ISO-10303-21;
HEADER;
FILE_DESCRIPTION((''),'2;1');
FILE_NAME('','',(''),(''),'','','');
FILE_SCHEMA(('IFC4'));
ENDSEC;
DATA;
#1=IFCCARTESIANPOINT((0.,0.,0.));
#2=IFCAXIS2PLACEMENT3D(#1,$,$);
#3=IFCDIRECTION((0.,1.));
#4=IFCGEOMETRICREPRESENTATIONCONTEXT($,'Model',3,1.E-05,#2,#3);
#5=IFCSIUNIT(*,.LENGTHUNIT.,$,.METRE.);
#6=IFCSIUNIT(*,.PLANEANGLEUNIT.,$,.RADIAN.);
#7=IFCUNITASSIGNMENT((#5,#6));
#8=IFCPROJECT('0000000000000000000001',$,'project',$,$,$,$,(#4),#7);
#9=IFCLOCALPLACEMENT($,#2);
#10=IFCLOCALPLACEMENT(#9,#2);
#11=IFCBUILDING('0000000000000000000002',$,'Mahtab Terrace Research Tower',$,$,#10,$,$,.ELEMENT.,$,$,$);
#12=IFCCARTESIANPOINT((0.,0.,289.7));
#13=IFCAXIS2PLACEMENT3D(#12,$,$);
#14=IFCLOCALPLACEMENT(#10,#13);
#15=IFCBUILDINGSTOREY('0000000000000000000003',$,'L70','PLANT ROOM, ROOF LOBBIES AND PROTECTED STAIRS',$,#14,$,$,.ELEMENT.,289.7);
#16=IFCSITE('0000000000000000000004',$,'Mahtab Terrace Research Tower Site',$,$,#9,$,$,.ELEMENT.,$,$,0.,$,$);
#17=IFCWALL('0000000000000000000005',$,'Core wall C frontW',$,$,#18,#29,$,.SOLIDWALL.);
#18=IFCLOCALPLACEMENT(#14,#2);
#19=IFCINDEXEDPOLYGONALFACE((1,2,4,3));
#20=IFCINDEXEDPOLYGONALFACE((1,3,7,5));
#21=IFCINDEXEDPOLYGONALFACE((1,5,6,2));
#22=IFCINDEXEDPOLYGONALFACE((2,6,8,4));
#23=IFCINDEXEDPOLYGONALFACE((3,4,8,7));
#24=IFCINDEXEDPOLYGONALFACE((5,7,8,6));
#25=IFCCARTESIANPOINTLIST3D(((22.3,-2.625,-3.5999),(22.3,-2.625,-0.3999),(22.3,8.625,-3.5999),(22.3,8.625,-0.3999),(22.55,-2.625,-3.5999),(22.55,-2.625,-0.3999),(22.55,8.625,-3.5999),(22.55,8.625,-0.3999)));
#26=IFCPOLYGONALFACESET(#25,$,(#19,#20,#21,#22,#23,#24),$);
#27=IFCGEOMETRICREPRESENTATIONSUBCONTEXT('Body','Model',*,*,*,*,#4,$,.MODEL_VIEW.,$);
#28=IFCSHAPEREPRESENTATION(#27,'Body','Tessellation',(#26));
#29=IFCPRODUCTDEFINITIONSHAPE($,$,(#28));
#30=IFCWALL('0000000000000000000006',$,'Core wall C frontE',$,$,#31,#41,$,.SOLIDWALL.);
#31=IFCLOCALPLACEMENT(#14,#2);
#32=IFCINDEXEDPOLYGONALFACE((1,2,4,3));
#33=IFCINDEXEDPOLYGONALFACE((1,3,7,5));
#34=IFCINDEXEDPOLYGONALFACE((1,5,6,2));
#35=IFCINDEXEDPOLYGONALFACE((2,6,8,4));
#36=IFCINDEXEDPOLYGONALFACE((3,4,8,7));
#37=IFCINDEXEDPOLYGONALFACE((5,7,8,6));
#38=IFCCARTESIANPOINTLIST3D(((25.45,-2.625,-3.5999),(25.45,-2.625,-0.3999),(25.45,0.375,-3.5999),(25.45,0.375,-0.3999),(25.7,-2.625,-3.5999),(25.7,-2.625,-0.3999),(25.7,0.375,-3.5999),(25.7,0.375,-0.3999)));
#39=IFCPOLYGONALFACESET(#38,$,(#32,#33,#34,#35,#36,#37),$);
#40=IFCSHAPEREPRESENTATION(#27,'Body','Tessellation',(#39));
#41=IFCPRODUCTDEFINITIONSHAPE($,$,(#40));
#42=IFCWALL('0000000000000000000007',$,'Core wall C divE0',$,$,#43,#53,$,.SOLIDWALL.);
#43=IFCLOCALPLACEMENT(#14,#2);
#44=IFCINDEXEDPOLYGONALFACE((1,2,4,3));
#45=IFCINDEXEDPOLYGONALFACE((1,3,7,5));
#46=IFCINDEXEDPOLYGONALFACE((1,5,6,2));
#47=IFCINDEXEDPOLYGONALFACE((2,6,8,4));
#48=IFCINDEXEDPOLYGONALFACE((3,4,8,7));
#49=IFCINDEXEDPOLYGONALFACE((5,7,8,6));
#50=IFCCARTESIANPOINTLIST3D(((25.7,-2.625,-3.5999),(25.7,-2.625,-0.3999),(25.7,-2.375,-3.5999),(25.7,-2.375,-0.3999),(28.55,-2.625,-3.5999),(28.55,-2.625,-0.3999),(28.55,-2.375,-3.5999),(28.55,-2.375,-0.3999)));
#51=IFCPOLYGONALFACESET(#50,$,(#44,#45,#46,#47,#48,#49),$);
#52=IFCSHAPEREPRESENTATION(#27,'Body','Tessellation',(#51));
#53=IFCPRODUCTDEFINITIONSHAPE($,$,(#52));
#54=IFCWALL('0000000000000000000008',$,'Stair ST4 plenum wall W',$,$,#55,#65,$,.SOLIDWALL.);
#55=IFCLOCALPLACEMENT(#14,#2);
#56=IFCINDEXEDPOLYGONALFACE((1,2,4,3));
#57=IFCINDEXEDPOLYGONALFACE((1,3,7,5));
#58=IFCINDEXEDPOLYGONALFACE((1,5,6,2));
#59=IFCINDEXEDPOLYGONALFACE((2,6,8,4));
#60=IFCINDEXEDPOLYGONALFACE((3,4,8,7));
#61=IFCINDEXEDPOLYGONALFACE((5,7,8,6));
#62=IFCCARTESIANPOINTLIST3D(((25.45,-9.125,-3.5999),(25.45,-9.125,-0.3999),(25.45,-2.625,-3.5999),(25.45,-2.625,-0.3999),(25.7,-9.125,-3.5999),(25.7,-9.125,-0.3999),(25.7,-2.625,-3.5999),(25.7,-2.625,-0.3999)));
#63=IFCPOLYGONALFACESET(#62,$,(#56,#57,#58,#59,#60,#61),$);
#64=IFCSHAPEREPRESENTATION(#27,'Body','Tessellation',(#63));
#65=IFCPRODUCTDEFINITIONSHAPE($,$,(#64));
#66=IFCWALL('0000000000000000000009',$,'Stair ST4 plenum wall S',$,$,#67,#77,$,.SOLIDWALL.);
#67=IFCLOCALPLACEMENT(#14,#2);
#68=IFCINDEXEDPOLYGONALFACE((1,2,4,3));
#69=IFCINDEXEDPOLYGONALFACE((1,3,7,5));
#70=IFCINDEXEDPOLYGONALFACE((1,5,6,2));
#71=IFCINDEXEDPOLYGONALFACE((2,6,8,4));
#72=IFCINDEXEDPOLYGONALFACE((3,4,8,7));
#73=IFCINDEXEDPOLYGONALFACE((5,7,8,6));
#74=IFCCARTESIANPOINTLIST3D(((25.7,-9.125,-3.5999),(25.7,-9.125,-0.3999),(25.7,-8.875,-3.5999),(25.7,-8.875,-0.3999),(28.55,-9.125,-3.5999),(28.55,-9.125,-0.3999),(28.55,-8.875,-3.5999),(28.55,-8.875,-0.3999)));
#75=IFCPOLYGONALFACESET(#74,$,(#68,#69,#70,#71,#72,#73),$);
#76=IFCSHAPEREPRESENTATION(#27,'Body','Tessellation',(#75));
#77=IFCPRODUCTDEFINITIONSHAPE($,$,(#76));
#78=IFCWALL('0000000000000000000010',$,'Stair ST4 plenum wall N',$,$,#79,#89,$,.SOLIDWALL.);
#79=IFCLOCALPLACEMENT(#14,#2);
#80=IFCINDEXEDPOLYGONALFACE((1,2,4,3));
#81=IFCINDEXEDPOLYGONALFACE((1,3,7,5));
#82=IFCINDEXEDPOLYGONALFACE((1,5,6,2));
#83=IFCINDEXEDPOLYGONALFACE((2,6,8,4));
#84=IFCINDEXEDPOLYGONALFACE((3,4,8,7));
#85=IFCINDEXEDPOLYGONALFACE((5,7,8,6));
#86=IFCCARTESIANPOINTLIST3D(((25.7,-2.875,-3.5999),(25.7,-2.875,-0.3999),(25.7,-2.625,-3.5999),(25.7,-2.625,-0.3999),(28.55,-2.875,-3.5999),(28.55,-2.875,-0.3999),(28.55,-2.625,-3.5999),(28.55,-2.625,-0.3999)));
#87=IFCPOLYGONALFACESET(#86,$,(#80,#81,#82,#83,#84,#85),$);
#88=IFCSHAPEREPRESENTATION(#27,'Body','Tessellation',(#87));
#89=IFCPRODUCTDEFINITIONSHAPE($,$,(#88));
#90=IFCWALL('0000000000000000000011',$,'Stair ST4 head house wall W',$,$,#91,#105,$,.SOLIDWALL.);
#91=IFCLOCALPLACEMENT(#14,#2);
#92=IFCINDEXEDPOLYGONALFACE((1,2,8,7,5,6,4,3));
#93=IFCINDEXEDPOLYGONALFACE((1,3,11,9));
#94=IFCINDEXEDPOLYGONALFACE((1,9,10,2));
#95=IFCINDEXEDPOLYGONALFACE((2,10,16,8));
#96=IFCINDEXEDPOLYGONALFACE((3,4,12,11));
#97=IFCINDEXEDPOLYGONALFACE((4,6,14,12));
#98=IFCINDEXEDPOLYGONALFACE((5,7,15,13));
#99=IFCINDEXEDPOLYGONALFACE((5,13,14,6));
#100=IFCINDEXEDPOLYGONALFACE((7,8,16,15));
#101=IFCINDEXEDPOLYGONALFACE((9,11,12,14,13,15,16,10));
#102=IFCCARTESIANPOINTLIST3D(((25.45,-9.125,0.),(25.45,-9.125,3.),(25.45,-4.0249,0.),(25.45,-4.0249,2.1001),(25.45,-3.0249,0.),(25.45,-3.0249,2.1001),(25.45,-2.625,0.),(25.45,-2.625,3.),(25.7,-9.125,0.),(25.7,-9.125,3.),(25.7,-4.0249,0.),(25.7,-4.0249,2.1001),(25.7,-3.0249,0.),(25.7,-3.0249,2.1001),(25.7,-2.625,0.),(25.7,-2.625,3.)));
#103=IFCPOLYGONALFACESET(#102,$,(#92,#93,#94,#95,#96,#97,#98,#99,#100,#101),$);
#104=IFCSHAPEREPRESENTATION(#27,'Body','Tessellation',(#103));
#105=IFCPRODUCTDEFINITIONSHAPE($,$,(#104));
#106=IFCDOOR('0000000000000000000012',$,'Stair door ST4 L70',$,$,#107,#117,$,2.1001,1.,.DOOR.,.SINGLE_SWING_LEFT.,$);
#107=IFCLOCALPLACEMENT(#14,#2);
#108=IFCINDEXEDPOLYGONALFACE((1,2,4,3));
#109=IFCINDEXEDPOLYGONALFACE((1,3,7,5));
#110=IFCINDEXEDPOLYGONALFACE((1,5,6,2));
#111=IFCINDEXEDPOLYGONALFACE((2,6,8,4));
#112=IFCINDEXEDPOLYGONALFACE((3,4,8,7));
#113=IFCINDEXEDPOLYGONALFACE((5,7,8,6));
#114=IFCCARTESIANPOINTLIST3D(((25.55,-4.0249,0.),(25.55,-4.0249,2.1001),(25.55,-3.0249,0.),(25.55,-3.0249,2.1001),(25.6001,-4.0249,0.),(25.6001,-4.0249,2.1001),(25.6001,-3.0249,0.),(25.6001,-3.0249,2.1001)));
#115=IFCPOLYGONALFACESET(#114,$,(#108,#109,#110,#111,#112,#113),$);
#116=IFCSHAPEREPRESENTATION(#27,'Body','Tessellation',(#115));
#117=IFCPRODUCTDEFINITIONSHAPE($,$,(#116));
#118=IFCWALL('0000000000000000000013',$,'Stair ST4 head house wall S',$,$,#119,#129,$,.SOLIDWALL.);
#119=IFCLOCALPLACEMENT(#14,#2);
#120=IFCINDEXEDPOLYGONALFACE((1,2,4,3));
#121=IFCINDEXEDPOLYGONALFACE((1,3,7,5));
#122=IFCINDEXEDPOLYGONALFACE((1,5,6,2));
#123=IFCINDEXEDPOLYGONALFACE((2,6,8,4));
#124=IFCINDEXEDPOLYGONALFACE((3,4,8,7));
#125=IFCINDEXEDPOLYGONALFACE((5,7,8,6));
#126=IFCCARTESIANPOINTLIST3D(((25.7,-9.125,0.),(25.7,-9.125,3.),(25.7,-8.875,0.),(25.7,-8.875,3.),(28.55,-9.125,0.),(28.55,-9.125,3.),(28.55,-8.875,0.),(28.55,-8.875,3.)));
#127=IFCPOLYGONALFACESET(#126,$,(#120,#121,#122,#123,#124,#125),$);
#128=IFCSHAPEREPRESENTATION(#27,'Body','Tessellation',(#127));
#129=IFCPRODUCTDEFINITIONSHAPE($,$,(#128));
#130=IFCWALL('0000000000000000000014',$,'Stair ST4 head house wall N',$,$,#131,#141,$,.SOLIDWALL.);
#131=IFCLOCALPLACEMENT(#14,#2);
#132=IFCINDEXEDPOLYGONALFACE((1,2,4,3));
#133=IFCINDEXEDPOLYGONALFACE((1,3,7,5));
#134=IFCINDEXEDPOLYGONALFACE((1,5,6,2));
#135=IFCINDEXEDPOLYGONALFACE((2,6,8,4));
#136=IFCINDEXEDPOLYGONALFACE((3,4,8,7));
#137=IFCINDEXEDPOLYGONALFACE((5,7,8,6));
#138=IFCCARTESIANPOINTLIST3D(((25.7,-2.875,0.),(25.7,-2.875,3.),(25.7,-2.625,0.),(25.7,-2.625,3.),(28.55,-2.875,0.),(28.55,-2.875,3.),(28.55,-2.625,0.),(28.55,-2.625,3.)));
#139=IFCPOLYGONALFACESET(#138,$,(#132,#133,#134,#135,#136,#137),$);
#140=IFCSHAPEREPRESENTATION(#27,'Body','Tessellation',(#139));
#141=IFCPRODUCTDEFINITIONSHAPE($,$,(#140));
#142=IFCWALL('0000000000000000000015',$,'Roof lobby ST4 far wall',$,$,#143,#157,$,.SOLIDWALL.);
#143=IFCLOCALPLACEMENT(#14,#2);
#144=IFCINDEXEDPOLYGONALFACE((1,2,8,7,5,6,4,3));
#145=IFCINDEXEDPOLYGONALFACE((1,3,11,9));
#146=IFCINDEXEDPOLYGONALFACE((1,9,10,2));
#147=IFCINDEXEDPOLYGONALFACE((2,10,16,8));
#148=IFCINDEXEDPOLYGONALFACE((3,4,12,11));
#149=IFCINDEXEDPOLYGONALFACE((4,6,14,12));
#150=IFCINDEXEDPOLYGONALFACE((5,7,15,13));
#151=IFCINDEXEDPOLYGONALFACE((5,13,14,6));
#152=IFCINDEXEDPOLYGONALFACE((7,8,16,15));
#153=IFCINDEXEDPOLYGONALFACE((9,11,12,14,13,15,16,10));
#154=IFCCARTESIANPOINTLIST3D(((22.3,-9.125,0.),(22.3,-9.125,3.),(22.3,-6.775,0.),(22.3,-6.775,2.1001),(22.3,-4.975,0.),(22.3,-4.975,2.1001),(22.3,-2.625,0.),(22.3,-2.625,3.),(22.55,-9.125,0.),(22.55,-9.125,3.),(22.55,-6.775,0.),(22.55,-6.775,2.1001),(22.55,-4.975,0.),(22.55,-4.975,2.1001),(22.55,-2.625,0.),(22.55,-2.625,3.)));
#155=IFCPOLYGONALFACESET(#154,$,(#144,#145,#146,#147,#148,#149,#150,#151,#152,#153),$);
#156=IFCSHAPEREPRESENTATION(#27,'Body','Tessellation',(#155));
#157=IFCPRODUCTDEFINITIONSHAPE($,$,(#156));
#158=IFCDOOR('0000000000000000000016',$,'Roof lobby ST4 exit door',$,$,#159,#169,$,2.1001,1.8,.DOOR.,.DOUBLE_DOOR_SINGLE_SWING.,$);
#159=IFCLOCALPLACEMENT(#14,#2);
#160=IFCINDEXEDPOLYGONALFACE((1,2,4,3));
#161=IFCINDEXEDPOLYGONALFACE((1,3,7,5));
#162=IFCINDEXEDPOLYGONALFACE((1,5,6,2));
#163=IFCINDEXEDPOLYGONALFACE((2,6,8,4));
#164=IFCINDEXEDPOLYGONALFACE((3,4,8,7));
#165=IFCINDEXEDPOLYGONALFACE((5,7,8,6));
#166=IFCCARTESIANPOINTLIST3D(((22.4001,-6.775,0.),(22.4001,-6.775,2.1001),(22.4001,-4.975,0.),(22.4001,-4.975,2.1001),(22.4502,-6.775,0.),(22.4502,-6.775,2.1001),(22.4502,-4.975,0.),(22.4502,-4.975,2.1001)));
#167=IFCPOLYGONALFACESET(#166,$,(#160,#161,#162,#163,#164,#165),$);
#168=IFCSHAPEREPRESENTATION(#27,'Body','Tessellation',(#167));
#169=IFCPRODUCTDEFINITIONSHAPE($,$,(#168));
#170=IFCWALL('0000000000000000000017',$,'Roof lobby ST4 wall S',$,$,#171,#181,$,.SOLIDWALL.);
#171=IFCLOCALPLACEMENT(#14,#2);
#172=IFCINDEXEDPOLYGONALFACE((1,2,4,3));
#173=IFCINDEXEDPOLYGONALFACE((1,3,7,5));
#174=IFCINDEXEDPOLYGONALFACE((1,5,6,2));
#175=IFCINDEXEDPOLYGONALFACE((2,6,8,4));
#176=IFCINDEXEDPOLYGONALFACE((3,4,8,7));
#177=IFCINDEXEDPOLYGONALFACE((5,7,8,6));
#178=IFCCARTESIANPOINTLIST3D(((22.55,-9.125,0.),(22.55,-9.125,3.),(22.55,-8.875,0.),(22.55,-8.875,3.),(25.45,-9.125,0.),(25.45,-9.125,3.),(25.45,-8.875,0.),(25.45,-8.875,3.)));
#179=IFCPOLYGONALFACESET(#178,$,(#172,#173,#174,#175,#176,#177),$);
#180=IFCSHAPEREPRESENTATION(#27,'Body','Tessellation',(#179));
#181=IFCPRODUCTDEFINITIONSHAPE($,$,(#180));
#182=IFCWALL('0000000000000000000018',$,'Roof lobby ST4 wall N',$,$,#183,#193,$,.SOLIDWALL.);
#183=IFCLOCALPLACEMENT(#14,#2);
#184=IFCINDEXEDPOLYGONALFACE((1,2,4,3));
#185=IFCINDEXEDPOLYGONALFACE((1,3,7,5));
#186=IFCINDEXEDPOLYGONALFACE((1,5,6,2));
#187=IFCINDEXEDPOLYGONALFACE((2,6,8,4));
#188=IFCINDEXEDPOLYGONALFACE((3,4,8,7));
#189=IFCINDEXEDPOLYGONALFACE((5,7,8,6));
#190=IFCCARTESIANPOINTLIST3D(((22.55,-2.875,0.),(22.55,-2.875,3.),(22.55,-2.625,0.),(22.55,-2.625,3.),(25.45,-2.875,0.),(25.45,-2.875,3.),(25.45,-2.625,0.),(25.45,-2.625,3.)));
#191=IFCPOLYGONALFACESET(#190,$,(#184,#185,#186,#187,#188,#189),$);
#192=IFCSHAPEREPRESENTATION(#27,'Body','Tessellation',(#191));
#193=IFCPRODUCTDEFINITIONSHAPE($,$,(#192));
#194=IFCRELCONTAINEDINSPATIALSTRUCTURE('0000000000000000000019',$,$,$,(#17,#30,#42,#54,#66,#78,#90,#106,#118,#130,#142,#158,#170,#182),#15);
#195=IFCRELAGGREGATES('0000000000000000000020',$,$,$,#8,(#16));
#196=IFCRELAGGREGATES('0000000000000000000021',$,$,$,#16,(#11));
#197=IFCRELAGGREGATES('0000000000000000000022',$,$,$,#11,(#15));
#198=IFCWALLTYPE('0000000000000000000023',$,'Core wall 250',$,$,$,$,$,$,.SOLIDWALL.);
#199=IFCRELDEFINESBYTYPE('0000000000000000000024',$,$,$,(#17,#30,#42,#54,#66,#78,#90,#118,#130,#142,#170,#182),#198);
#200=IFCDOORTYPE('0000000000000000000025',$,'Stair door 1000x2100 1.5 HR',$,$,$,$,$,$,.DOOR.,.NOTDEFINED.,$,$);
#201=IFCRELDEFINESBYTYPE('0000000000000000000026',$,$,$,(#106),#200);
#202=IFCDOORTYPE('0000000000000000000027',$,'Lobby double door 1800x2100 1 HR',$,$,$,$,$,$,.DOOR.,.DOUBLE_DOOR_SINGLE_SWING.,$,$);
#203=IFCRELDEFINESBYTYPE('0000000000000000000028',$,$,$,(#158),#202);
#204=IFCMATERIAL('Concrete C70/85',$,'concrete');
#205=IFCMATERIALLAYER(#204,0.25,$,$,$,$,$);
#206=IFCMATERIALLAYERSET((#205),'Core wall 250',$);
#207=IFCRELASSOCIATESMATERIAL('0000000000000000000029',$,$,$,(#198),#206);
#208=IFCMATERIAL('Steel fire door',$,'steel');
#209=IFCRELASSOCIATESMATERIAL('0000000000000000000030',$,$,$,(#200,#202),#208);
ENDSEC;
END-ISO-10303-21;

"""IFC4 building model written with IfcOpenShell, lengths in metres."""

from ifc_helpers import new_model, si_unit, direction, frame, frame_2d, origin, place, context, subcontext, project, spatial, rectangle, extrude, material, layer, layer_set, type_object, element, fill, save


model = new_model("IFC4")

# Units and contexts
model_context = context("Model", 3, precision=1e-05, world=origin(), true_north=direction((0.0, 1.0)))
body_context = subcontext(model_context, "Body", "Model", "MODEL_VIEW")
ifc_project = project(units=[si_unit("LENGTHUNIT", "METRE"), si_unit("PLANEANGLEUNIT", "RADIAN")], contexts=[model_context])

# Site, building, storey
site_placement = place(None, origin())
site = spatial("IfcSite", under=ifc_project, at=site_placement, Name="Mahtab Terrace Research Tower Site", CompositionType="ELEMENT", RefElevation=0.0)
building_placement = place(site_placement, origin())
building = spatial("IfcBuilding", under=site, at=building_placement, Name="Mahtab Terrace Research Tower", CompositionType="ELEMENT")
storey_placement = place(building_placement, frame((0.0, 0.0, 289.7)))
storey = spatial("IfcBuildingStorey", under=building, at=storey_placement, Name="L70", Description="PLANT ROOM, ROOF LOBBIES AND PROTECTED STAIRS", CompositionType="ELEMENT", Elevation=289.7)

# Walls
ifc_material_1 = material(Name="Concrete C70/85", Category="concrete")
ifc_layer_1 = layer(ifc_material_1, 0.25)
ifc_layer_set_1 = layer_set([ifc_layer_1], Name="Core wall 250")
wall_type = type_object("IfcWallType", Name="Core wall 250", PredefinedType="SOLIDWALL", material=ifc_layer_set_1)
wall_1_placement = place(storey_placement, frame((22.425, -2.625, -3.5999), z_axis=(0.0, 0.0, 1.0), x_axis=(0.0, 1.0, 0.0)))
element("IfcWall", 1, at=wall_1_placement, inside=storey, type_object=wall_type, Name="Core wall C frontW", PredefinedType="SOLIDWALL", context=body_context, shape_type="SweptSolid", body=[
    extrude(rectangle(XDim=11.25, YDim=0.25, at=frame_2d((5.625, 0.0))), origin(), (0.0, 0.0, 1.0), 3.2),
])
wall_2_placement = place(storey_placement, frame((25.575, -2.625, -3.5999), z_axis=(0.0, 0.0, 1.0), x_axis=(0.0, 1.0, 0.0)))
element("IfcWall", 2, at=wall_2_placement, inside=storey, type_object=wall_type, Name="Core wall C frontE", PredefinedType="SOLIDWALL", context=body_context, shape_type="SweptSolid", body=[
    extrude(rectangle(XDim=3.0, YDim=0.25, at=frame_2d((1.5, 0.0))), origin(), (0.0, 0.0, 1.0), 3.2),
])
wall_3_placement = place(storey_placement, frame((25.7, -2.5, -3.5999), z_axis=(0.0, 0.0, 1.0), x_axis=(1.0, 0.0, 0.0)))
element("IfcWall", 3, at=wall_3_placement, inside=storey, type_object=wall_type, Name="Core wall C divE0", PredefinedType="SOLIDWALL", context=body_context, shape_type="SweptSolid", body=[
    extrude(rectangle(XDim=2.8501, YDim=0.25, at=frame_2d((1.425, 0.0))), origin(), (0.0, 0.0, 1.0), 3.2),
])
wall_4_placement = place(storey_placement, frame((25.575, -9.125, -3.5999), z_axis=(0.0, 0.0, 1.0), x_axis=(0.0, 1.0, 0.0)))
element("IfcWall", 4, at=wall_4_placement, inside=storey, type_object=wall_type, Name="Stair ST4 plenum wall W", PredefinedType="SOLIDWALL", context=body_context, shape_type="SweptSolid", body=[
    extrude(rectangle(XDim=6.5, YDim=0.25, at=frame_2d((3.25, 0.0))), origin(), (0.0, 0.0, 1.0), 3.2),
])
for number, where, z_axis, x_axis, name in (
    (5, (25.7, -9.0, -3.5999), (0.0, 0.0, 1.0), (1.0, 0.0, 0.0), "Stair ST4 plenum wall S"),
    (6, (25.7, -2.75, -3.5999), (0.0, 0.0, 1.0), (1.0, 0.0, 0.0), "Stair ST4 plenum wall N"),
):
    element("IfcWall", number, at=place(storey_placement, frame(where, z_axis=z_axis, x_axis=x_axis)), inside=storey, type_object=wall_type, Name=name, PredefinedType="SOLIDWALL", context=body_context, shape_type="SweptSolid", body=[
        extrude(rectangle(XDim=2.8501, YDim=0.25, at=frame_2d((1.425, 0.0))), origin(), (0.0, 0.0, 1.0), 3.2),
    ])

# Wall, opening, door
wall_5_placement = place(storey_placement, frame((25.575, -9.125, 0.0), z_axis=(0.0, 0.0, 1.0), x_axis=(0.0, 1.0, 0.0)))
wall_5 = element("IfcWall", 7, at=wall_5_placement, inside=storey, type_object=wall_type, Name="Stair ST4 head house wall W", PredefinedType="SOLIDWALL", context=body_context, shape_type="SweptSolid", body=[
    extrude(rectangle(XDim=6.5, YDim=0.25, at=frame_2d((3.25, 0.0))), origin(), (0.0, 0.0, 1.0), 3.0),
])
opening_1_placement = place(wall_5_placement, frame((5.1001, 0.0, 0.0)))
opening_1 = element("IfcOpeningElement", 8, at=opening_1_placement, cuts=wall_5, PredefinedType="OPENING", context=body_context, shape_type="SweptSolid", body=[
    extrude(rectangle(XDim=1.0, YDim=2.1001, at=frame_2d((0.5, 1.05))), frame((0.0, 0.135, 0.0), z_axis=(0.0, -1.0, 0.0), x_axis=(1.0, 0.0, 0.0)), (0.0, 0.0, 1.0), 0.27),
])
ifc_material_2 = material(Name="Steel fire door", Category="steel")
door_type_1 = type_object("IfcDoorType", Name="Stair door 1000x2100 1.5 HR", OperationType="NOTDEFINED", PredefinedType="DOOR", material=ifc_material_2)
door_1_placement = place(opening_1_placement, origin())
door_1 = element("IfcDoor", 9, at=door_1_placement, inside=storey, type_object=door_type_1, Name="Stair door ST4 L70", OperationType="SINGLE_SWING_LEFT", OverallHeight=2.1001, OverallWidth=1.0, PredefinedType="DOOR", context=body_context, shape_type="SweptSolid", body=[
    extrude(rectangle(XDim=1.0, YDim=2.1001, at=frame_2d((0.5, 1.05))), frame((0.0, 0.0249, 0.0), z_axis=(0.0, -1.0, 0.0), x_axis=(1.0, 0.0, 0.0)), (0.0, 0.0, 1.0), 0.05),
])
fill(opening_1, door_1)

# Walls
for number, where, z_axis, x_axis, name in (
    (10, (25.7, -9.0, 0.0), (0.0, 0.0, 1.0), (1.0, 0.0, 0.0), "Stair ST4 head house wall S"),
    (11, (25.7, -2.75, 0.0), (0.0, 0.0, 1.0), (1.0, 0.0, 0.0), "Stair ST4 head house wall N"),
):
    element("IfcWall", number, at=place(storey_placement, frame(where, z_axis=z_axis, x_axis=x_axis)), inside=storey, type_object=wall_type, Name=name, PredefinedType="SOLIDWALL", context=body_context, shape_type="SweptSolid", body=[
        extrude(rectangle(XDim=2.8501, YDim=0.25, at=frame_2d((1.425, 0.0))), origin(), (0.0, 0.0, 1.0), 3.0),
    ])

# Wall, opening, door
wall_6_placement = place(storey_placement, frame((22.425, -9.125, 0.0), z_axis=(0.0, 0.0, 1.0), x_axis=(0.0, 1.0, 0.0)))
wall_6 = element("IfcWall", 12, at=wall_6_placement, inside=storey, type_object=wall_type, Name="Roof lobby ST4 far wall", PredefinedType="SOLIDWALL", context=body_context, shape_type="SweptSolid", body=[
    extrude(rectangle(XDim=6.5, YDim=0.25, at=frame_2d((3.25, 0.0))), origin(), (0.0, 0.0, 1.0), 3.0),
])
opening_2_placement = place(wall_6_placement, frame((2.3501, 0.0, 0.0)))
opening_2 = element("IfcOpeningElement", 13, at=opening_2_placement, cuts=wall_6, PredefinedType="OPENING", context=body_context, shape_type="SweptSolid", body=[
    extrude(rectangle(XDim=1.8, YDim=2.1001, at=frame_2d((0.8999, 1.05))), frame((0.0, 0.135, 0.0), z_axis=(0.0, -1.0, 0.0), x_axis=(1.0, 0.0, 0.0)), (0.0, 0.0, 1.0), 0.27),
])
door_type_2 = type_object("IfcDoorType", Name="Lobby double door 1800x2100 1 HR", OperationType="DOUBLE_DOOR_SINGLE_SWING", PredefinedType="DOOR", material=ifc_material_2)
door_2_placement = place(opening_2_placement, origin())
door_2 = element("IfcDoor", 14, at=door_2_placement, inside=storey, type_object=door_type_2, Name="Roof lobby ST4 exit door", OperationType="DOUBLE_DOOR_SINGLE_SWING", OverallHeight=2.1001, OverallWidth=1.8, PredefinedType="DOOR", context=body_context, shape_type="SweptSolid", body=[
    extrude(rectangle(XDim=1.8, YDim=2.1001, at=frame_2d((0.8999, 1.05))), frame((0.0, 0.0249, 0.0), z_axis=(0.0, -1.0, 0.0), x_axis=(1.0, 0.0, 0.0)), (0.0, 0.0, 1.0), 0.05),
])
fill(opening_2, door_2)

# Walls
for number, where, z_axis, x_axis, name in (
    (15, (22.55, -9.0, 0.0), (0.0, 0.0, 1.0), (1.0, 0.0, 0.0), "Roof lobby ST4 wall S"),
    (16, (22.55, -2.75, 0.0), (0.0, 0.0, 1.0), (1.0, 0.0, 0.0), "Roof lobby ST4 wall N"),
):
    element("IfcWall", number, at=place(storey_placement, frame(where, z_axis=z_axis, x_axis=x_axis)), inside=storey, type_object=wall_type, Name=name, PredefinedType="SOLIDWALL", context=body_context, shape_type="SweptSolid", body=[
        extrude(rectangle(XDim=2.8999, YDim=0.25, at=frame_2d((1.45, 0.0))), origin(), (0.0, 0.0, 1.0), 3.0),
    ])

save(model, "model.ifc")
